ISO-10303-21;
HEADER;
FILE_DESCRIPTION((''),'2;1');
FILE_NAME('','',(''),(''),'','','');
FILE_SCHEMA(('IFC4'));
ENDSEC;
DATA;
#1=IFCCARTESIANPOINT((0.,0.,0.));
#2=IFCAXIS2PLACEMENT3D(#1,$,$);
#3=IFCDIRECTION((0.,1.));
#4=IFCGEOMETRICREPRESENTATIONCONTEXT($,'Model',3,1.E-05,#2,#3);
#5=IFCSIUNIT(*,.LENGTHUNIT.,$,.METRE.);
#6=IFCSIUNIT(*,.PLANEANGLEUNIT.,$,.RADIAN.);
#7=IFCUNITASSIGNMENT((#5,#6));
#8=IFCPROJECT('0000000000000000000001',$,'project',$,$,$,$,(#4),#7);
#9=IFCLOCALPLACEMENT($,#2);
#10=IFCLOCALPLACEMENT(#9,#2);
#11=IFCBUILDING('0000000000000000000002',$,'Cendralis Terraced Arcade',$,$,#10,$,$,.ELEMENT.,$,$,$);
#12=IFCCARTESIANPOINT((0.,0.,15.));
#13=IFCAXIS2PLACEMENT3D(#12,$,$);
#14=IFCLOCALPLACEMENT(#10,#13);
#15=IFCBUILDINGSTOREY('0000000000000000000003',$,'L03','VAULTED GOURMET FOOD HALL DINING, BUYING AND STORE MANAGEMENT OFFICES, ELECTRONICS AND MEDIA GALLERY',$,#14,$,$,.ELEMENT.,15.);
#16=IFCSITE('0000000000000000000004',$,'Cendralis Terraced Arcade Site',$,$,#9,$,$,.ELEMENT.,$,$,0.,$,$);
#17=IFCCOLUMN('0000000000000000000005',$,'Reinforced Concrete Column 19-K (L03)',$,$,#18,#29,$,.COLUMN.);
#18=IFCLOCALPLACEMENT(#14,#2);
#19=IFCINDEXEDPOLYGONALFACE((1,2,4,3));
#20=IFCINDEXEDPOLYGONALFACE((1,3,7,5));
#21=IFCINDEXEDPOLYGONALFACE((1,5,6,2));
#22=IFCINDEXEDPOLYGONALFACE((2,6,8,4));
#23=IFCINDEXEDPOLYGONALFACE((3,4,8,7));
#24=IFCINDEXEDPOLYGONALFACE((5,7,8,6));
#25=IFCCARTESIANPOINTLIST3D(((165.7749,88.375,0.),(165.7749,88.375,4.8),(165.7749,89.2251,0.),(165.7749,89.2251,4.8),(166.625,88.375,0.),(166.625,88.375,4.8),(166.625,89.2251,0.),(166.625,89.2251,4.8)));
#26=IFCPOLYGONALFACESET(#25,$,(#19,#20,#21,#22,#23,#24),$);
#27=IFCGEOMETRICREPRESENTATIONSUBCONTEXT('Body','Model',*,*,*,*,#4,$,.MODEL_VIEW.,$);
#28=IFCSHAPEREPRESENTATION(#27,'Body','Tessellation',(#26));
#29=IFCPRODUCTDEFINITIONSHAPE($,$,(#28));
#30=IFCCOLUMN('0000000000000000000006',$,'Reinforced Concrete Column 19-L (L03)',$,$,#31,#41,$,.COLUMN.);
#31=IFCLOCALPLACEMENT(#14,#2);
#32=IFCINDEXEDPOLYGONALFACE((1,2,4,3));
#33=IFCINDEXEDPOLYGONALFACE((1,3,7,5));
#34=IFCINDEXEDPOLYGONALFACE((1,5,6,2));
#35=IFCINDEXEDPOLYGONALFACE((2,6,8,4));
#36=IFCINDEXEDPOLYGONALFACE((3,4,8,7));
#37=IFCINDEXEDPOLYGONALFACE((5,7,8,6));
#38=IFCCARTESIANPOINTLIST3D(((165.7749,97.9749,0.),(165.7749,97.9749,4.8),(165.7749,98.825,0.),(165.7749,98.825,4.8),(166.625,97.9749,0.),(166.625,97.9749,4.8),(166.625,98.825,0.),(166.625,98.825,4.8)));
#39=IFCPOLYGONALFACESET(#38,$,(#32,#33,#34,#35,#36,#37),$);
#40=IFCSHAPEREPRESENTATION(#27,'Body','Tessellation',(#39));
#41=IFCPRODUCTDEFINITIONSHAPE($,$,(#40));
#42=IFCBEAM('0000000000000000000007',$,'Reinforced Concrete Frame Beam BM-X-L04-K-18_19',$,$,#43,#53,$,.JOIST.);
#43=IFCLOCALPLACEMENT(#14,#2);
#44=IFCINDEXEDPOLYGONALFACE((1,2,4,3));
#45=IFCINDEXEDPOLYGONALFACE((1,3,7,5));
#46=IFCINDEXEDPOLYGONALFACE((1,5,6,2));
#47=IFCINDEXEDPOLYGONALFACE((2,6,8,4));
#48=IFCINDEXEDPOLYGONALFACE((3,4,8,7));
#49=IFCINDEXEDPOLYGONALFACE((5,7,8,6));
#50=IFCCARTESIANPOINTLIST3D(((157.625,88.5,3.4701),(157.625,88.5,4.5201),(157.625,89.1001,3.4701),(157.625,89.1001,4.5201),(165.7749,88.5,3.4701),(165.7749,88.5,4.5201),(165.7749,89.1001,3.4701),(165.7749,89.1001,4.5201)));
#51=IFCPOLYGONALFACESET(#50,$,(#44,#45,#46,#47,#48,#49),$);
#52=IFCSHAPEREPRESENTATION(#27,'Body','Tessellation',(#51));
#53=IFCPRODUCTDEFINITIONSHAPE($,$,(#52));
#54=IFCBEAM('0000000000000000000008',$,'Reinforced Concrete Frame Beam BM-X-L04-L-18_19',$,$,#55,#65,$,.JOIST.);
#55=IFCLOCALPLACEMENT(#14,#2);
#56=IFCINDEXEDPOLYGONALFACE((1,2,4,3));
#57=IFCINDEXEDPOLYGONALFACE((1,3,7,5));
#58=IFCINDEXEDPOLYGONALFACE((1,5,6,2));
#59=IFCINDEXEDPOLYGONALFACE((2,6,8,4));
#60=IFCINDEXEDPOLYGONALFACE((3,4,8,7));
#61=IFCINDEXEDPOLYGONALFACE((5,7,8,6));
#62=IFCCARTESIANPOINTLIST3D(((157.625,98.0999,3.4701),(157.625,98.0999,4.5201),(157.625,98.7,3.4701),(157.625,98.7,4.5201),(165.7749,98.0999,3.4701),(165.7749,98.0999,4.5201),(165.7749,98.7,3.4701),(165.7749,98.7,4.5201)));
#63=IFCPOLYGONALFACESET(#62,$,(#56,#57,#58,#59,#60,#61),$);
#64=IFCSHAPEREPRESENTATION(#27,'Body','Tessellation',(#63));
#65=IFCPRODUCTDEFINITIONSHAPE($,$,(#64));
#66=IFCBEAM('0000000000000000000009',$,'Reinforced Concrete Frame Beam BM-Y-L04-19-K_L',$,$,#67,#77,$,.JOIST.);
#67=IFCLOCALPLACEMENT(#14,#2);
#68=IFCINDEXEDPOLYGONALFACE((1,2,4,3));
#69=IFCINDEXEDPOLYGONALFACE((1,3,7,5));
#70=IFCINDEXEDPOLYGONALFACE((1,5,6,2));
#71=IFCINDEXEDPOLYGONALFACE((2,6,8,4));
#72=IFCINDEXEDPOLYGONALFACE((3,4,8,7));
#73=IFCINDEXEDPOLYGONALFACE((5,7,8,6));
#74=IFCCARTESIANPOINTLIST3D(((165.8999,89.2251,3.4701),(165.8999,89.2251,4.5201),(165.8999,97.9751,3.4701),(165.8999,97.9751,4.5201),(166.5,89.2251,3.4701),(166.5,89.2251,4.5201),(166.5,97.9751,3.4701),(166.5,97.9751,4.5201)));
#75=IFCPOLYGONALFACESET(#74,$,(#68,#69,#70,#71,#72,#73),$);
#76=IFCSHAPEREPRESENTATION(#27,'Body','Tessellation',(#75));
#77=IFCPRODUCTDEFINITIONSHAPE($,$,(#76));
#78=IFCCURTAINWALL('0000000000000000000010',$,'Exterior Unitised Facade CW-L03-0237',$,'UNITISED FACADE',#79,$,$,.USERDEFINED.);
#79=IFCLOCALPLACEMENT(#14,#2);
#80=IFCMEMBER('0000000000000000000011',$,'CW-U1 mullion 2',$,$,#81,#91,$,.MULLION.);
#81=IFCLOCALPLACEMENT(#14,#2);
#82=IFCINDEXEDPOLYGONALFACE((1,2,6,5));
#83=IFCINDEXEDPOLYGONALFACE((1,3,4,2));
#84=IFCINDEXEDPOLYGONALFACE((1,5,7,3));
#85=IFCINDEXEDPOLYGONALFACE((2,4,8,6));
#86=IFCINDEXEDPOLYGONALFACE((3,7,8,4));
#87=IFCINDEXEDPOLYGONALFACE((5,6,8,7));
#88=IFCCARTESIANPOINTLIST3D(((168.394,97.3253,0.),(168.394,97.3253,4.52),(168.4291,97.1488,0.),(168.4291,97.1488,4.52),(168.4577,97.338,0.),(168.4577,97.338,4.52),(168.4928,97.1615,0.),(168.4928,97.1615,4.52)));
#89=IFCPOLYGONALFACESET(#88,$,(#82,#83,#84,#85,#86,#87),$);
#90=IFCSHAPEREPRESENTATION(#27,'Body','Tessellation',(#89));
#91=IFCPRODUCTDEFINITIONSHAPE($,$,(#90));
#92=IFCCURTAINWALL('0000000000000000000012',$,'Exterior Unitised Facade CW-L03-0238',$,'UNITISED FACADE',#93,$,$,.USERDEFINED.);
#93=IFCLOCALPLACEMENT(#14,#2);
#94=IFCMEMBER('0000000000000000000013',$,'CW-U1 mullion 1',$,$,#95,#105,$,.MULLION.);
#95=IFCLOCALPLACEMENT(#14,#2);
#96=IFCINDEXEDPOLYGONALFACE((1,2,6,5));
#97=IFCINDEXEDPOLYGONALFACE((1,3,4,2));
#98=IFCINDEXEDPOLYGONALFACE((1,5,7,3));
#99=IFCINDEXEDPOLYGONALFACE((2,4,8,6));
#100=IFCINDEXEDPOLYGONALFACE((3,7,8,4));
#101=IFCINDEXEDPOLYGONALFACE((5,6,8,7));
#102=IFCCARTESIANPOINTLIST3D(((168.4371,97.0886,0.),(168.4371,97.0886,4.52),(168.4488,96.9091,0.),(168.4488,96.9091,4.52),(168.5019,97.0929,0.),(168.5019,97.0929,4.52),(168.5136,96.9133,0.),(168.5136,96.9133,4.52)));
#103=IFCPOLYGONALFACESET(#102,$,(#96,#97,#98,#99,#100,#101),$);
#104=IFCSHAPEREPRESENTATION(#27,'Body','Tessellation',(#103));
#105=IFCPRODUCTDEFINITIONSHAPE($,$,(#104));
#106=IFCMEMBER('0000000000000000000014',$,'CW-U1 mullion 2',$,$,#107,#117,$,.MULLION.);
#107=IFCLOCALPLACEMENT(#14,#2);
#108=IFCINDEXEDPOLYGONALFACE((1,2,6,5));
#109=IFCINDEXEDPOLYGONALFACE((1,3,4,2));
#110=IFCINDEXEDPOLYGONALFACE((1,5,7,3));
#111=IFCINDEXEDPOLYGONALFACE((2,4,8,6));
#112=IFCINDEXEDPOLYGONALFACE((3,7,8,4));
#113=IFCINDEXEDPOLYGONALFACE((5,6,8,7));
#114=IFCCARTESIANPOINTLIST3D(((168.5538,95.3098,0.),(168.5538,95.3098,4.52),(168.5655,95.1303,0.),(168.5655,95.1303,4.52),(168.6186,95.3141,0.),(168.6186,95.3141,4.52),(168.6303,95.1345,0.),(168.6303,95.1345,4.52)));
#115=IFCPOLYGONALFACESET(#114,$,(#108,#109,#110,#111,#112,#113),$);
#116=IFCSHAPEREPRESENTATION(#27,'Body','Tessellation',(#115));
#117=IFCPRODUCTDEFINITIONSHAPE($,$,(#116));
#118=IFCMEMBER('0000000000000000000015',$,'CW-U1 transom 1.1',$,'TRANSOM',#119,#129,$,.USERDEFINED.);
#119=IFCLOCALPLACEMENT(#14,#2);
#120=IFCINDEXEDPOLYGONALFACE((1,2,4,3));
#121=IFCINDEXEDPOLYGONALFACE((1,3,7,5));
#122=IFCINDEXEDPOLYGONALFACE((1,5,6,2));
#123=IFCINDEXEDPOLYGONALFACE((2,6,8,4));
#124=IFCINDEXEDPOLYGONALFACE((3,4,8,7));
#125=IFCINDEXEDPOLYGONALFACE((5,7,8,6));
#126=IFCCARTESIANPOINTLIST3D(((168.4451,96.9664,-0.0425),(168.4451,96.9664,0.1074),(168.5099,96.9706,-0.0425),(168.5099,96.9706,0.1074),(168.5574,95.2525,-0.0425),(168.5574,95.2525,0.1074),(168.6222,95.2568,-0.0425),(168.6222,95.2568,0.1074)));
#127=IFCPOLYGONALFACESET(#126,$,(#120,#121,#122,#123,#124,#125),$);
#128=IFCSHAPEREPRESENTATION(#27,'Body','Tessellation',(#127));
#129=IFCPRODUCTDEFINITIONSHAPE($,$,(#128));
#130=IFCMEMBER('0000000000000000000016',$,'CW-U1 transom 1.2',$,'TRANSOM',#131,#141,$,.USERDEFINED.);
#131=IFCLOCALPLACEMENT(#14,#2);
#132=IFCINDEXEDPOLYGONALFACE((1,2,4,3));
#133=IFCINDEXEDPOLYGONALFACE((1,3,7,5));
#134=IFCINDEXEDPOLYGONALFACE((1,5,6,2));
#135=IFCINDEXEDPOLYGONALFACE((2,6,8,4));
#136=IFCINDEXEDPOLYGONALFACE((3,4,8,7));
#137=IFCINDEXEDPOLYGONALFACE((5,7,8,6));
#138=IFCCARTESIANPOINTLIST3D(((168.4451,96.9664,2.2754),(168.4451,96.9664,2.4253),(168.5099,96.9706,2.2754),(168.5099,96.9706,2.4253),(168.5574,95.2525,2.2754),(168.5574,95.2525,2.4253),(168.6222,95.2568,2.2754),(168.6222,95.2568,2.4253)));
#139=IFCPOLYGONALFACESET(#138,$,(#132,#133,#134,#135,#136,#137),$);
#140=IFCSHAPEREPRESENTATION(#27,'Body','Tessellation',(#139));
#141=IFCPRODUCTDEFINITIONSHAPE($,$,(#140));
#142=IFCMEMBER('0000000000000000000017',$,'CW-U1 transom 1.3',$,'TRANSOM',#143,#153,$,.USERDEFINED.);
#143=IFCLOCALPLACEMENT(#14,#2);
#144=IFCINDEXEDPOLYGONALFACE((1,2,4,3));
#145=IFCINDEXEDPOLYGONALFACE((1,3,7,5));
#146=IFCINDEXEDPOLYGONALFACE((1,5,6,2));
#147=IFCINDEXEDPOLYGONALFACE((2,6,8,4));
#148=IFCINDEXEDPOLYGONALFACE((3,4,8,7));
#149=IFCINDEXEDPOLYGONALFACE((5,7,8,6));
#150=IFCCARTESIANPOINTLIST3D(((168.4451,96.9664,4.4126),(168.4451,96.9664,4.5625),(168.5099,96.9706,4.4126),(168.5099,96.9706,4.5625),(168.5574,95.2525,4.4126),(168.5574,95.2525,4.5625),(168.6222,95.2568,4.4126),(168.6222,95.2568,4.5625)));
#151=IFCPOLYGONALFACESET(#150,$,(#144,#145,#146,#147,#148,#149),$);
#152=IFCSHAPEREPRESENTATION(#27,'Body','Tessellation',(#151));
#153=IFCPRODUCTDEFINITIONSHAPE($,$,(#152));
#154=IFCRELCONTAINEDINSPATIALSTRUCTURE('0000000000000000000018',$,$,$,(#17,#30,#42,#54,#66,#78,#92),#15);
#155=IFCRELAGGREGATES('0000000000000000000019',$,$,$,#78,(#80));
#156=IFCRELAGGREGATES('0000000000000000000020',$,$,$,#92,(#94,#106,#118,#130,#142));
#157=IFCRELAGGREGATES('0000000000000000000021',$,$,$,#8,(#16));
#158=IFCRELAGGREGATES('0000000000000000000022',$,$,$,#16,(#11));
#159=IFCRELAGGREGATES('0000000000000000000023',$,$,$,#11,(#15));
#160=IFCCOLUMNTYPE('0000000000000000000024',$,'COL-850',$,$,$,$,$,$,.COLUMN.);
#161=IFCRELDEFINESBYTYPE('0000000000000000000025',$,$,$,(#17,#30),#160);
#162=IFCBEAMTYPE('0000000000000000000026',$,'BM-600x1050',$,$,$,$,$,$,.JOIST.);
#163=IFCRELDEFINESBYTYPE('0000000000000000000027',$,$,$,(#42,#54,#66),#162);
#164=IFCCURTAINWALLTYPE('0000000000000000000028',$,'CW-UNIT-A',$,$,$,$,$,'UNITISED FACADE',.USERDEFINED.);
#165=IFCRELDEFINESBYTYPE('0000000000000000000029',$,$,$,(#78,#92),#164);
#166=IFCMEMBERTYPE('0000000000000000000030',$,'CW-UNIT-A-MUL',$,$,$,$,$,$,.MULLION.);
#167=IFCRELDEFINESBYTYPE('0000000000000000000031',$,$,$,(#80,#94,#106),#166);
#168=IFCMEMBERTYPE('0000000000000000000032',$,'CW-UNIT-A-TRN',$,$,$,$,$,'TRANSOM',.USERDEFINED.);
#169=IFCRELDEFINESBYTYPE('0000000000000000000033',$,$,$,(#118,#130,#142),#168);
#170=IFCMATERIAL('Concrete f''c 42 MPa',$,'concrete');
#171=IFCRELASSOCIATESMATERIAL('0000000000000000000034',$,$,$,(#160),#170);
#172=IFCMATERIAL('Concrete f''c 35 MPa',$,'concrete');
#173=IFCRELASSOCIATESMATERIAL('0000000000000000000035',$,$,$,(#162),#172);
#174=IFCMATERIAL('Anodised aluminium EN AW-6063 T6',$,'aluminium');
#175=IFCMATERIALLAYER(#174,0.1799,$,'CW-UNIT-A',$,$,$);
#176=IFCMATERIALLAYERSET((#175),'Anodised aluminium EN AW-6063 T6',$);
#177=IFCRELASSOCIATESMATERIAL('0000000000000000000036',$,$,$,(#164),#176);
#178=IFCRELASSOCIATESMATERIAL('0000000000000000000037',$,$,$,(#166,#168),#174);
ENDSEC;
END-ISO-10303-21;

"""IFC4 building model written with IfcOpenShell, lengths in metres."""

from ifc_helpers import new_model, si_unit, direction, frame, origin, origin_2d, place, context, subcontext, project, spatial, rectangle, extrude, material, layer, layer_set, material_profile, profile_set, type_object, element, aggregate, save


model = new_model("IFC4")

# Units and contexts
model_context = context("Model", 3, precision=1e-05, world=origin(), true_north=direction((0.0, 1.0)))
body_context = subcontext(model_context, "Body", "Model", "MODEL_VIEW")
ifc_project = project(units=[si_unit("LENGTHUNIT", "METRE"), si_unit("PLANEANGLEUNIT", "RADIAN")], contexts=[model_context])

# Site, building, storey
site_placement = place(None, origin())
site = spatial("IfcSite", under=ifc_project, at=site_placement, Name="Cendralis Terraced Arcade Site", CompositionType="ELEMENT", RefElevation=0.0)
building_placement = place(site_placement, origin())
building = spatial("IfcBuilding", under=site, at=building_placement, Name="Cendralis Terraced Arcade", CompositionType="ELEMENT")
storey_placement = place(building_placement, frame((0.0, 0.0, 15.0)))
storey = spatial("IfcBuildingStorey", under=building, at=storey_placement, Name="L03", Description="VAULTED GOURMET FOOD HALL DINING, BUYING AND STORE MANAGEMENT OFFICES, ELECTRONICS AND MEDIA GALLERY", CompositionType="ELEMENT", Elevation=15.0)

# Columns
ifc_material_1 = material(Name="Concrete f'c 42 MPa", Category="concrete")
ifc_material_profile_1 = material_profile(ifc_material_1, rectangle(XDim=0.8501, YDim=0.8501, at=origin_2d()), Name="RC-COL-850x850", Category="LoadBearing")
ifc_profile_set_1 = profile_set([ifc_material_profile_1], Name="Concrete f'c 42 MPa")
column_type = type_object("IfcColumnType", Name="COL-850", PredefinedType="COLUMN", material=ifc_profile_set_1)
for number, where, z_axis, x_axis, name in (
    (1, (166.2, 88.8, 0.0), (0.0, 0.0, 1.0), (1.0, 0.0, 0.0), "Reinforced Concrete Column 19-K (L03)"),
    (2, (166.2, 98.3999, 0.0), (0.0, 0.0, 1.0), (1.0, 0.0, 0.0), "Reinforced Concrete Column 19-L (L03)"),
):
    element("IfcColumn", number, at=place(storey_placement, frame(where, z_axis=z_axis, x_axis=x_axis)), inside=storey, type_object=column_type, Name=name, PredefinedType="COLUMN", context=body_context, shape_type="SweptSolid", body=[
        extrude(rectangle(XDim=0.8501, YDim=0.8501, at=origin_2d()), origin(), (0.0, 0.0, 1.0), 4.8),
    ])

# Beams
ifc_material_2 = material(Name="Concrete f'c 35 MPa", Category="concrete")
ifc_material_profile_2 = material_profile(ifc_material_2, rectangle(XDim=0.6001, YDim=1.05, at=origin_2d()), Name="RC-BM-600x1050", Category="LoadBearing")
ifc_profile_set_2 = profile_set([ifc_material_profile_2], Name="Concrete f'c 35 MPa")
beam_type = type_object("IfcBeamType", Name="BM-600x1050", PredefinedType="JOIST", material=ifc_profile_set_2)
for number, where, z_axis, x_axis, name in (
    (3, (157.625, 88.8, 3.9951), (1.0, 0.0, 0.0), (0.0, 1.0, 0.0), "Reinforced Concrete Frame Beam BM-X-L04-K-18_19"),
    (4, (157.625, 98.3999, 3.9951), (1.0, 0.0, 0.0), (0.0, 1.0, 0.0), "Reinforced Concrete Frame Beam BM-X-L04-L-18_19"),
):
    element("IfcBeam", number, at=place(storey_placement, frame(where, z_axis=z_axis, x_axis=x_axis)), inside=storey, type_object=beam_type, Name=name, PredefinedType="JOIST", context=body_context, shape_type="SweptSolid", body=[
        extrude(rectangle(XDim=0.6001, YDim=1.05, at=origin_2d()), origin(), (0.0, 0.0, 1.0), 8.1499),
    ])
beam_placement = place(storey_placement, frame((166.2, 89.2251, 3.9951), z_axis=(0.0, 1.0, 0.0), x_axis=(-1.0, 0.0, 0.0)))
element("IfcBeam", 5, at=beam_placement, inside=storey, type_object=beam_type, Name="Reinforced Concrete Frame Beam BM-Y-L04-19-K_L", PredefinedType="JOIST", context=body_context, shape_type="SweptSolid", body=[
    extrude(rectangle(XDim=0.6001, YDim=1.05, at=origin_2d()), origin(), (0.0, 0.0, 1.0), 8.75),
])

# Curtain wall, member
ifc_material_3 = material(Name="Anodised aluminium EN AW-6063 T6", Category="aluminium")
ifc_layer_1 = layer(ifc_material_3, 0.1799, Name="CW-UNIT-A")
ifc_layer_set_1 = layer_set([ifc_layer_1], Name="Anodised aluminium EN AW-6063 T6")
curtain_wall_type = type_object("IfcCurtainWallType", Name="CW-UNIT-A", ElementType="UNITISED FACADE", PredefinedType="USERDEFINED", material=ifc_layer_set_1)
curtain_wall_1_placement = place(storey_placement, origin())
curtain_wall_1 = element("IfcCurtainWall", 6, at=curtain_wall_1_placement, inside=storey, type_object=curtain_wall_type, Name="Exterior Unitised Facade CW-L03-0237", ObjectType="UNITISED FACADE", PredefinedType="USERDEFINED")
ifc_material_profile_3 = material_profile(ifc_material_3, rectangle(XDim=0.0649, YDim=0.1799, at=origin_2d()), Name="ALU-MUL-65x180")
ifc_profile_set_3 = profile_set([ifc_material_profile_3], Name="Anodised aluminium EN AW-6063 T6")
member_type_1 = type_object("IfcMemberType", Name="CW-UNIT-A-MUL", PredefinedType="MULLION", material=ifc_profile_set_3)
member_1_placement = place(storey_placement, frame((168.4434, 97.2434, 0.0), z_axis=(0.0, 0.0, 1.0), x_axis=(0.980797, 0.195033, 0.0)))
member_1 = element("IfcMember", 7, at=member_1_placement, type_object=member_type_1, Name="CW-U1 mullion 2", PredefinedType="MULLION", context=body_context, shape_type="SweptSolid", body=[
    extrude(rectangle(XDim=0.0649, YDim=0.1799, at=origin_2d()), origin(), (0.0, 0.0, 1.0), 4.52),
])

# Curtain wall, members
curtain_wall_2_placement = place(storey_placement, origin())
curtain_wall_2 = element("IfcCurtainWall", 8, at=curtain_wall_2_placement, inside=storey, type_object=curtain_wall_type, Name="Exterior Unitised Facade CW-L03-0238", ObjectType="UNITISED FACADE", PredefinedType="USERDEFINED")
member_2_placement = place(storey_placement, frame((168.4753, 97.001, 0.0), z_axis=(0.0, 0.0, 1.0), x_axis=(0.99786, 0.065384, 0.0)))
member_2 = element("IfcMember", 9, at=member_2_placement, type_object=member_type_1, Name="CW-U1 mullion 1", PredefinedType="MULLION", context=body_context, shape_type="SweptSolid", body=[
    extrude(rectangle(XDim=0.0649, YDim=0.1799, at=origin_2d()), origin(), (0.0, 0.0, 1.0), 4.52),
])
member_3_placement = place(storey_placement, frame((168.592, 95.2222, 0.0), z_axis=(0.0, 0.0, 1.0), x_axis=(0.99786, 0.065384, 0.0)))
member_3 = element("IfcMember", 10, at=member_3_placement, type_object=member_type_1, Name="CW-U1 mullion 2", PredefinedType="MULLION", context=body_context, shape_type="SweptSolid", body=[
    extrude(rectangle(XDim=0.0649, YDim=0.1799, at=origin_2d()), origin(), (0.0, 0.0, 1.0), 4.52),
])
ifc_material_profile_4 = material_profile(ifc_material_3, rectangle(XDim=0.0649, YDim=0.1499, at=origin_2d()), Name="ALU-TRN-65x150")
ifc_profile_set_4 = profile_set([ifc_material_profile_4], Name="Anodised aluminium EN AW-6063 T6")
member_type_2 = type_object("IfcMemberType", Name="CW-UNIT-A-TRN", ElementType="TRANSOM", PredefinedType="USERDEFINED", material=ifc_profile_set_4)
member_4_placement = place(storey_placement, frame((168.4775, 96.9685, 0.0325), z_axis=(0.065387, -0.99786, 0.0), x_axis=(0.99786, 0.065387, 0.0)))
member_4 = element("IfcMember", 11, at=member_4_placement, type_object=member_type_2, Name="CW-U1 transom 1.1", ObjectType="TRANSOM", PredefinedType="USERDEFINED", context=body_context, shape_type="SweptSolid", body=[
    extrude(rectangle(XDim=0.0649, YDim=0.1499, at=origin_2d()), origin(), (0.0, 0.0, 1.0), 1.7175),
])
member_5_placement = place(storey_placement, frame((168.4775, 96.9685, 2.3503), z_axis=(0.065387, -0.99786, 0.0), x_axis=(0.99786, 0.065387, 0.0)))
member_5 = element("IfcMember", 12, at=member_5_placement, type_object=member_type_2, Name="CW-U1 transom 1.2", ObjectType="TRANSOM", PredefinedType="USERDEFINED", context=body_context, shape_type="SweptSolid", body=[
    extrude(rectangle(XDim=0.0649, YDim=0.1499, at=origin_2d()), origin(), (0.0, 0.0, 1.0), 1.7175),
])
member_6_placement = place(storey_placement, frame((168.4775, 96.9685, 4.4875), z_axis=(0.065387, -0.99786, 0.0), x_axis=(0.99786, 0.065387, 0.0)))
member_6 = element("IfcMember", 13, at=member_6_placement, type_object=member_type_2, Name="CW-U1 transom 1.3", ObjectType="TRANSOM", PredefinedType="USERDEFINED", context=body_context, shape_type="SweptSolid", body=[
    extrude(rectangle(XDim=0.0649, YDim=0.1499, at=origin_2d()), origin(), (0.0, 0.0, 1.0), 1.7175),
])

aggregate(curtain_wall_1, [member_1])
aggregate(curtain_wall_2, [member_2, member_3, member_4, member_5, member_6])

save(model, "model.ifc")
